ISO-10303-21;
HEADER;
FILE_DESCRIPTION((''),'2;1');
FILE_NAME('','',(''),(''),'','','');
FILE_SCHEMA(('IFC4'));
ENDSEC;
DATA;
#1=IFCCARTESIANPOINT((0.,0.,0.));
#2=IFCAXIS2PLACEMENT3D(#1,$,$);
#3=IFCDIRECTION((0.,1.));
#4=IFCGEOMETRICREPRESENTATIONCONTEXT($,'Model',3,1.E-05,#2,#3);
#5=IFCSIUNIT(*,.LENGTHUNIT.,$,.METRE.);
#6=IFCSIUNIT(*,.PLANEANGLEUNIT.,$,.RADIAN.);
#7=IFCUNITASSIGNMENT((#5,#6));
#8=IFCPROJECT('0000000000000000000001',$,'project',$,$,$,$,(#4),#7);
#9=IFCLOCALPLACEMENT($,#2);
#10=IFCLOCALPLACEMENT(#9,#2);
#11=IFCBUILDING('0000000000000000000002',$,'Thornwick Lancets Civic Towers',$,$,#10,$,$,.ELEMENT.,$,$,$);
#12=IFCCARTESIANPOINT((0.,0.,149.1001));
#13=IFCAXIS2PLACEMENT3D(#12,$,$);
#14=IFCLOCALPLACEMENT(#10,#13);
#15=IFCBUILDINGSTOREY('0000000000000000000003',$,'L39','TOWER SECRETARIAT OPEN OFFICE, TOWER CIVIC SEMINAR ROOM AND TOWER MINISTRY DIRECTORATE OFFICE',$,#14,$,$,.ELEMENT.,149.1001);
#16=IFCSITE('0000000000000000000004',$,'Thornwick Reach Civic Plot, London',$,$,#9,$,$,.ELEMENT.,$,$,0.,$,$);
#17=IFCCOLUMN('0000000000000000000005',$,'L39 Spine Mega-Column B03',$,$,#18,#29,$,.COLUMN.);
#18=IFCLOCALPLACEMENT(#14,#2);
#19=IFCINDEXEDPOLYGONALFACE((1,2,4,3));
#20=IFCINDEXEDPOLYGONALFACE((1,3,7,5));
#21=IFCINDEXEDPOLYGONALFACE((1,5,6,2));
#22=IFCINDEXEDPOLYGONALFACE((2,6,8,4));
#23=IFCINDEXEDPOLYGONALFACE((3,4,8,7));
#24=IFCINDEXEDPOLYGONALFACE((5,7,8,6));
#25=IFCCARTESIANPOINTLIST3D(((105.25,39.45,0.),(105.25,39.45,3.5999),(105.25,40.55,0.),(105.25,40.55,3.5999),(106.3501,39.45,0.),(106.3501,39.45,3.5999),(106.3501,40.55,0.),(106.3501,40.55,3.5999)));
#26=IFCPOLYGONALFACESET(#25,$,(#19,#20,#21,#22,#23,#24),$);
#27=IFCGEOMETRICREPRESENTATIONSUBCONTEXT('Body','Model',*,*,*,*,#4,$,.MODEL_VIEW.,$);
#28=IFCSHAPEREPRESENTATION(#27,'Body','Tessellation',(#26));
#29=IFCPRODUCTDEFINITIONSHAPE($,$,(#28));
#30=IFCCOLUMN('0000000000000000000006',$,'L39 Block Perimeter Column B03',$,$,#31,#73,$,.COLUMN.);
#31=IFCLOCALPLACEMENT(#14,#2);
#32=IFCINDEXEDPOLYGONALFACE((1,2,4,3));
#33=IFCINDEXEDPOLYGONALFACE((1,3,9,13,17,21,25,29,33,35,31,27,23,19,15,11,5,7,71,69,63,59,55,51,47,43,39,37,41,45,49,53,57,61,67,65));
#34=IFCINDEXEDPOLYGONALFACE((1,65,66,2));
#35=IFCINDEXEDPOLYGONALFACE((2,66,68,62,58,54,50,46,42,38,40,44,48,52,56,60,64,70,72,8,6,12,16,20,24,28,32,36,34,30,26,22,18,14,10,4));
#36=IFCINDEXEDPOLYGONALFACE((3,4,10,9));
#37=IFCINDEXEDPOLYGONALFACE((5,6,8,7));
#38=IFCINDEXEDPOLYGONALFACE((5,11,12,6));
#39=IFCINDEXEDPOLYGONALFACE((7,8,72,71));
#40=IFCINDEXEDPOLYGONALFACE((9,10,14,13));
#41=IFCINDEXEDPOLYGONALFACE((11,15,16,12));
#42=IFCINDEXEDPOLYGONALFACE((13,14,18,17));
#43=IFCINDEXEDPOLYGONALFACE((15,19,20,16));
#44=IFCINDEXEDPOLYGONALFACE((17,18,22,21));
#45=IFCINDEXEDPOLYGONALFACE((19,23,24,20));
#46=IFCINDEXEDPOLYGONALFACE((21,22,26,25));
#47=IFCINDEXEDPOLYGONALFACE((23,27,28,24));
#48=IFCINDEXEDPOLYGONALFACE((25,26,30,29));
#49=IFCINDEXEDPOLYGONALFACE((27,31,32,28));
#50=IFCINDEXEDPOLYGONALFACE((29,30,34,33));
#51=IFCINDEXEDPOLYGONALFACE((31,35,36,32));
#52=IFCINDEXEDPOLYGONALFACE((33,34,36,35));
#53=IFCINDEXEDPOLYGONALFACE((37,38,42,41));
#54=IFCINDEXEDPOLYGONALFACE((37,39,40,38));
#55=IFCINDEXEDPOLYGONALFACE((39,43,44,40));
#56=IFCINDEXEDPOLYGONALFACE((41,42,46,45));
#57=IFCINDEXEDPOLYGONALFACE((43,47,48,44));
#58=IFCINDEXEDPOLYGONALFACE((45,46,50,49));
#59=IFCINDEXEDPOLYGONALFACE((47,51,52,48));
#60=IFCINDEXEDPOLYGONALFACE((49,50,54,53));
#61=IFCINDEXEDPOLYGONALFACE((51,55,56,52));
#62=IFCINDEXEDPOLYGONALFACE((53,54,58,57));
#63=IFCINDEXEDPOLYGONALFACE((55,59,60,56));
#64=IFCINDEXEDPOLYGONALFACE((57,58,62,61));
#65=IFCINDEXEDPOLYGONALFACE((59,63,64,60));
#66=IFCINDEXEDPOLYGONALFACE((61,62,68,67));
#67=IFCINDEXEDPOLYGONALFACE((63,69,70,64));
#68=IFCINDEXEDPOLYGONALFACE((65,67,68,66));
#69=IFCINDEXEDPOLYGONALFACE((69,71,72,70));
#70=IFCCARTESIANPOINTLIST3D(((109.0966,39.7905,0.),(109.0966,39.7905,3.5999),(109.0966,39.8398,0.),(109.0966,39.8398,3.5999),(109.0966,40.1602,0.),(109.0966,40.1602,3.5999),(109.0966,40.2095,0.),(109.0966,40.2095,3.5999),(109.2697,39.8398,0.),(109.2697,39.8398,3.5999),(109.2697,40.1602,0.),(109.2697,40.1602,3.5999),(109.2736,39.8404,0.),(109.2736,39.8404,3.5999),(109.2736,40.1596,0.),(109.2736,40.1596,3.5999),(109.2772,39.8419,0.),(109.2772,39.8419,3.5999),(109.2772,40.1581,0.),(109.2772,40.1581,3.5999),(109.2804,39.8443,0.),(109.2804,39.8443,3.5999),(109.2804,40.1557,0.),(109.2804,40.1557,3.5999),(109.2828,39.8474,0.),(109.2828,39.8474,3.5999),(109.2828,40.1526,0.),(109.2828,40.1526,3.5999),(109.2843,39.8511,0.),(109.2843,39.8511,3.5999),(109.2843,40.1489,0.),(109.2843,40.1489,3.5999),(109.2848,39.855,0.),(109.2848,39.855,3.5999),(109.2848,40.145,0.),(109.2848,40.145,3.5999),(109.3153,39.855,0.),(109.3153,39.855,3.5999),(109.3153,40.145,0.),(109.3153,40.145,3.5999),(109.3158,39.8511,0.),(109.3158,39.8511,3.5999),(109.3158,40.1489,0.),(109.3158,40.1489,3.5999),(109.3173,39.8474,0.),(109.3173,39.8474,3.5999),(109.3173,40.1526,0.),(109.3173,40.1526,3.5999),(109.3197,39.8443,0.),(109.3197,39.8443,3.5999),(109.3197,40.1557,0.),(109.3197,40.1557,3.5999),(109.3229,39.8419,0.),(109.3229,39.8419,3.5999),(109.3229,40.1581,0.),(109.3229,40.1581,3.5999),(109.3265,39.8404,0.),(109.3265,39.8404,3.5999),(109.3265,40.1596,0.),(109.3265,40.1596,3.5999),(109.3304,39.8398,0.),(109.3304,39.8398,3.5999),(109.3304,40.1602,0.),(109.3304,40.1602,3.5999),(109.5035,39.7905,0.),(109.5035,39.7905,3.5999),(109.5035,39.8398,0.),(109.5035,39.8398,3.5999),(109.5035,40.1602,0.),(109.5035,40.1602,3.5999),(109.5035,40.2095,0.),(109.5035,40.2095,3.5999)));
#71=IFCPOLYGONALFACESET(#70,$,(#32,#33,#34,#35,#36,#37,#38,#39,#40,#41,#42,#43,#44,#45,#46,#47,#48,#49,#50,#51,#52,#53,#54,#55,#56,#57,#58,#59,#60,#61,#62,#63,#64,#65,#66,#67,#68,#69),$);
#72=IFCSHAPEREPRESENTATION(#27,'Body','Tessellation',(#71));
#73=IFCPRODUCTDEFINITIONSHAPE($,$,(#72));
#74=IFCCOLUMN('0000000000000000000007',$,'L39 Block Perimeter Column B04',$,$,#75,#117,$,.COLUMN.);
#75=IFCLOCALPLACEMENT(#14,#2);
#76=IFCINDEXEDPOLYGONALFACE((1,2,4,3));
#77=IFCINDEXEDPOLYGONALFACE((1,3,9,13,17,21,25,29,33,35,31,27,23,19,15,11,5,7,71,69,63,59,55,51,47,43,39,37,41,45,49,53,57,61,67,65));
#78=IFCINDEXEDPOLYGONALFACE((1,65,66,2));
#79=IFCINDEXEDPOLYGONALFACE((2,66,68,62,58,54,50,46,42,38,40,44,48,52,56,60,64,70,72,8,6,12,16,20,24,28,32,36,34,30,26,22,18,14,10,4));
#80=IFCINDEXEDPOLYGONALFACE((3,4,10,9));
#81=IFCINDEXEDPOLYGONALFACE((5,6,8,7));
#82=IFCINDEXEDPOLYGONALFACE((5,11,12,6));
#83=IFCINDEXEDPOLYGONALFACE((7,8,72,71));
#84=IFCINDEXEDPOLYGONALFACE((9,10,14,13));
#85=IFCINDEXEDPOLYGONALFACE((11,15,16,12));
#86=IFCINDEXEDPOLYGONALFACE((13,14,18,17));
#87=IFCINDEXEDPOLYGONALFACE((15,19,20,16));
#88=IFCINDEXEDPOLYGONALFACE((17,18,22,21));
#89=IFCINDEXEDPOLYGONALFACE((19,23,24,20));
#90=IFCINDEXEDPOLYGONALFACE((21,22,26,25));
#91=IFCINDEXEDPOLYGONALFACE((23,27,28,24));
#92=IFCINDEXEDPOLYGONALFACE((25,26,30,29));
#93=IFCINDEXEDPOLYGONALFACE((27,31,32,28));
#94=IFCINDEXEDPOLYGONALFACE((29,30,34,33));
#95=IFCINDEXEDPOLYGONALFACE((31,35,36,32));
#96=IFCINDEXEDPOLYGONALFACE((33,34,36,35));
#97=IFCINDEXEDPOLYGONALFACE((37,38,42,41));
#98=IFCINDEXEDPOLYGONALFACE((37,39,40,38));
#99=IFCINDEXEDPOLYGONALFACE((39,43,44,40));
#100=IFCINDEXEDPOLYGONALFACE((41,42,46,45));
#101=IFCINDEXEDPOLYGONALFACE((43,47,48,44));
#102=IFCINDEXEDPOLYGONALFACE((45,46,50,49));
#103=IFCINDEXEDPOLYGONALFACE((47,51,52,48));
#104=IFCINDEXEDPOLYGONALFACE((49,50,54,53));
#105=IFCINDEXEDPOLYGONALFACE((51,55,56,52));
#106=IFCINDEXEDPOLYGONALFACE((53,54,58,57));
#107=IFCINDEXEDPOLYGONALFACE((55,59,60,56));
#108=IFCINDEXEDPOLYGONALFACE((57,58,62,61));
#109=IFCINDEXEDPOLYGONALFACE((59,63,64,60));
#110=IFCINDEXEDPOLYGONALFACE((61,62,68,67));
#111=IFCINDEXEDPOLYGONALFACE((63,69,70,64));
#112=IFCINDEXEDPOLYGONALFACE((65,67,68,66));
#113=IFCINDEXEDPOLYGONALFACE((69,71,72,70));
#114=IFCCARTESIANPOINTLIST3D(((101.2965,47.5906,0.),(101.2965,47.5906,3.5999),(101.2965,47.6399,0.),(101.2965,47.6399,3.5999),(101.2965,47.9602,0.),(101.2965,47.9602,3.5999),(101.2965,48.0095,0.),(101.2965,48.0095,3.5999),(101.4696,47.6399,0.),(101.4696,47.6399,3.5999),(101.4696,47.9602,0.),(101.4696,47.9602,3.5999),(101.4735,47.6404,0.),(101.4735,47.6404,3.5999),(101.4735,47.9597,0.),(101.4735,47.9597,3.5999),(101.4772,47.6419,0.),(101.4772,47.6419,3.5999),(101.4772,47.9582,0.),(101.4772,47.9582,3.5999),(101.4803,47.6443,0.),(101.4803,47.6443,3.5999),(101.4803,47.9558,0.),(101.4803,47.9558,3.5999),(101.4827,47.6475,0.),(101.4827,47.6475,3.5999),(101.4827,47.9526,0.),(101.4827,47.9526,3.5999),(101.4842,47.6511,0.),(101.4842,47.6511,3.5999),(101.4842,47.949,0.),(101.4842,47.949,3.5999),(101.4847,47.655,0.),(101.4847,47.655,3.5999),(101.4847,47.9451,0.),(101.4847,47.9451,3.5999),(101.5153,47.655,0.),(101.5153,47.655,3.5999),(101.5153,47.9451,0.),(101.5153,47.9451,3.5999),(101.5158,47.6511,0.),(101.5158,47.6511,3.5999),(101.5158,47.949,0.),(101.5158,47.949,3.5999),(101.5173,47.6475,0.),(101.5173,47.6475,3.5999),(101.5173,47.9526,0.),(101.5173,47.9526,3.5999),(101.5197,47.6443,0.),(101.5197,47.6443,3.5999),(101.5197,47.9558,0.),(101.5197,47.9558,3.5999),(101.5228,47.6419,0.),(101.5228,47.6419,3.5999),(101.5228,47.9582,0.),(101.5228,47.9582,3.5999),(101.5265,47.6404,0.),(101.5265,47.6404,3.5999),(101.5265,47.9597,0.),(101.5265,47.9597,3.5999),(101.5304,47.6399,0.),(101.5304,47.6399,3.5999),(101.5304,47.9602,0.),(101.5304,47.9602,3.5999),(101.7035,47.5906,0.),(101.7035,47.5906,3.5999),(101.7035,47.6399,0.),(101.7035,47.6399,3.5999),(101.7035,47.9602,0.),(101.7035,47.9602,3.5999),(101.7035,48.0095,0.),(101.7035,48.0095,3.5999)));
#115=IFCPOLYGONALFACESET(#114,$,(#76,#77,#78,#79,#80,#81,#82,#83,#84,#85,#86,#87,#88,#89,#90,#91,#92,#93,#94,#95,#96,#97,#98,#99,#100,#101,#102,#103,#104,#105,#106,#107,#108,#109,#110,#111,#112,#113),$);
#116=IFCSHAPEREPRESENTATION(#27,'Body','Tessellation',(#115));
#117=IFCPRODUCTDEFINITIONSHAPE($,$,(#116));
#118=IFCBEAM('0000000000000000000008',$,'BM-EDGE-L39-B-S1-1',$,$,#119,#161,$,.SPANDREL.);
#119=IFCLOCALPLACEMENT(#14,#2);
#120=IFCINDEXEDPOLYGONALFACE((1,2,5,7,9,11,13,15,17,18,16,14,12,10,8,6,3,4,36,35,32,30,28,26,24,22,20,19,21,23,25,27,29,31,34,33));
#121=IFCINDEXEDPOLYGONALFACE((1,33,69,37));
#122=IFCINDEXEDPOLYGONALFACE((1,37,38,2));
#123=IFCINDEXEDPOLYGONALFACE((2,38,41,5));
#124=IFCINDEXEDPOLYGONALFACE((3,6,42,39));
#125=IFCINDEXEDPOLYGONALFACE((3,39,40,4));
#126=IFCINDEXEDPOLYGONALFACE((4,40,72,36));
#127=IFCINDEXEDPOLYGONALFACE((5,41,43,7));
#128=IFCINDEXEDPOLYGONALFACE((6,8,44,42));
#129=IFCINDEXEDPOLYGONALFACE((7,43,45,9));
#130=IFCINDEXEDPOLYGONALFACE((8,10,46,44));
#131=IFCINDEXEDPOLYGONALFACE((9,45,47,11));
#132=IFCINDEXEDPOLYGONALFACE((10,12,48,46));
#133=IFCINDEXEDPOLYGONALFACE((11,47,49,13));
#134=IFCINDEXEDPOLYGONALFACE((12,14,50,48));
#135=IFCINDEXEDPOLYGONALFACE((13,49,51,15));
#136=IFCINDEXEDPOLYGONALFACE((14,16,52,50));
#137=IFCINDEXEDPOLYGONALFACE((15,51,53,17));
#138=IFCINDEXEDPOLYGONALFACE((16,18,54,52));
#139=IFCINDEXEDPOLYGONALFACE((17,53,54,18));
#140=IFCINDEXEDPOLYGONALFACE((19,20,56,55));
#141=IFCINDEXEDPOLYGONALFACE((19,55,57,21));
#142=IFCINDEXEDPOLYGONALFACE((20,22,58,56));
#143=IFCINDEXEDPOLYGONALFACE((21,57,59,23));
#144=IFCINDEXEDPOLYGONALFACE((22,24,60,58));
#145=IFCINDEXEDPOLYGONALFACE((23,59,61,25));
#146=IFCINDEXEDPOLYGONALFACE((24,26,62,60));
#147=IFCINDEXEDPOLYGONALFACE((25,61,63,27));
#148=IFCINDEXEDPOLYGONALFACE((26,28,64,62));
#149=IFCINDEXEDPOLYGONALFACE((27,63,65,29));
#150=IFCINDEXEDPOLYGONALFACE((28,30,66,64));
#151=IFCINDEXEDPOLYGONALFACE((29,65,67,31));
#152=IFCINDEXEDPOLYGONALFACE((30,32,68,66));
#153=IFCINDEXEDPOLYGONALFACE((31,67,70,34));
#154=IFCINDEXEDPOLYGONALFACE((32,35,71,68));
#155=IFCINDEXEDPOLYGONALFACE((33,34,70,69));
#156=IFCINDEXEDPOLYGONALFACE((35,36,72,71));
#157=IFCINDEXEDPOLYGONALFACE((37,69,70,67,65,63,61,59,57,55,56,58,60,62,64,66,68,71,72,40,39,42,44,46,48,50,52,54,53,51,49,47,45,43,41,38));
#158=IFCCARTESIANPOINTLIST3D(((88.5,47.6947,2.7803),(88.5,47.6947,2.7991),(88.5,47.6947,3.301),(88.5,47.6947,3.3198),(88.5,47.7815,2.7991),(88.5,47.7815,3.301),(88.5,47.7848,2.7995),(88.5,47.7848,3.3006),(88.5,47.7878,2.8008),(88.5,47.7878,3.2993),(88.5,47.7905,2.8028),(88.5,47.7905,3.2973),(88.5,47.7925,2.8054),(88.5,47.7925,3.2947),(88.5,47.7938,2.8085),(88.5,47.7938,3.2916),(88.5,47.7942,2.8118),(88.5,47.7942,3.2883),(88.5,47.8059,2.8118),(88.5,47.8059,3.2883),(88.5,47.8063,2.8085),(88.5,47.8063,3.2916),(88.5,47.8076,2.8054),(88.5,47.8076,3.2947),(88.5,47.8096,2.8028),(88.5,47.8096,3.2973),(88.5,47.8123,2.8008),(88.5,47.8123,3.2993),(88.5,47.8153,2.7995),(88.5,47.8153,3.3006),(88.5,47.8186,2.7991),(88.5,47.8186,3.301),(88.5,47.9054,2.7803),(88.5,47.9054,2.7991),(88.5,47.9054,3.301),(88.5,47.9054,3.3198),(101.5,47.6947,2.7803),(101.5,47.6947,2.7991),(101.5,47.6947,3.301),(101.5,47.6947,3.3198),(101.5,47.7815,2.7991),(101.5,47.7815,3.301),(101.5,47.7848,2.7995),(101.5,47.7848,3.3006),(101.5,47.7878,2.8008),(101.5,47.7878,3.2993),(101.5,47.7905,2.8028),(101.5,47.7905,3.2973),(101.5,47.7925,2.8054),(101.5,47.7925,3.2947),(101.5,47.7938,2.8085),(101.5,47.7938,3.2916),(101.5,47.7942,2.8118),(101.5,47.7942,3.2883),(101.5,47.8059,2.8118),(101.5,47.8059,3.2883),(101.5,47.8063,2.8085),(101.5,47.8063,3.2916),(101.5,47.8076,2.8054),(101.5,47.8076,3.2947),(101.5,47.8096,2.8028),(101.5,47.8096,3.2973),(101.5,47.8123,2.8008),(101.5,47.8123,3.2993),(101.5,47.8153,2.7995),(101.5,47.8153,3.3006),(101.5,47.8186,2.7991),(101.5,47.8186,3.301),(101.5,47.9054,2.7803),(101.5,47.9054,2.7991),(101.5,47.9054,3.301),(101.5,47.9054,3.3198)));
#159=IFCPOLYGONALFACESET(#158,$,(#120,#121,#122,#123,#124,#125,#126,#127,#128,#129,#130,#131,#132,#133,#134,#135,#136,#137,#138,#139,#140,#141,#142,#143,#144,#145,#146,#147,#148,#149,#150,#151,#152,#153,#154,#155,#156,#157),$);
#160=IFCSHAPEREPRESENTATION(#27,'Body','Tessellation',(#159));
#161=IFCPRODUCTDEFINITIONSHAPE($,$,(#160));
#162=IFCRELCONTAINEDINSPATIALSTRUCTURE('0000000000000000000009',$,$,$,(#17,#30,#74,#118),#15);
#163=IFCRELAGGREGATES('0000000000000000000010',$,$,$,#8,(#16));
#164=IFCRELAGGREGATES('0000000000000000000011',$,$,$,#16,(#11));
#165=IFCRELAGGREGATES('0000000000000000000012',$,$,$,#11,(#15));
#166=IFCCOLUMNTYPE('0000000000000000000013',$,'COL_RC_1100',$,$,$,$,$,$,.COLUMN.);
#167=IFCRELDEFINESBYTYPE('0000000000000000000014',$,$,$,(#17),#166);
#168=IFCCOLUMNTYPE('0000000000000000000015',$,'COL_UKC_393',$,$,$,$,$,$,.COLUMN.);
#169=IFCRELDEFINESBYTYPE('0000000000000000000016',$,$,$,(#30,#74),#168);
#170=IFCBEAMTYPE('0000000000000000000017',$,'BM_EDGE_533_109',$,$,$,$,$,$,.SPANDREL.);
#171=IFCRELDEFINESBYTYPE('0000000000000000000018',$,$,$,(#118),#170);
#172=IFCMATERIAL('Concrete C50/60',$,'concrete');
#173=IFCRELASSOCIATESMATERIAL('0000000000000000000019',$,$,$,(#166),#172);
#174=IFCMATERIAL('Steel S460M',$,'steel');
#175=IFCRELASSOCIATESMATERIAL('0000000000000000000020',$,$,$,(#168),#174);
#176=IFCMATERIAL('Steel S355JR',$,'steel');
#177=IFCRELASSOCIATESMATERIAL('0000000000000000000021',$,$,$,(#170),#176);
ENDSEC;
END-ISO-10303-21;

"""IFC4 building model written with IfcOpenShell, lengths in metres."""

from ifc_helpers import new_model, si_unit, direction, frame, origin, origin_2d, place, context, subcontext, project, spatial, rectangle, i_section, extrude, material, material_profile, profile_set, type_object, element, save


model = new_model("IFC4")

# Units and contexts
model_context = context("Model", 3, precision=1e-05, world=origin(), true_north=direction((0.0, 1.0)))
body_context = subcontext(model_context, "Body", "Model", "MODEL_VIEW")
ifc_project = project(units=[si_unit("LENGTHUNIT", "METRE"), si_unit("PLANEANGLEUNIT", "RADIAN")], contexts=[model_context])

# Site, building, storey
site_placement = place(None, origin())
site = spatial("IfcSite", under=ifc_project, at=site_placement, Name="Thornwick Reach Civic Plot, London", CompositionType="ELEMENT", RefElevation=0.0)
building_placement = place(site_placement, origin())
building = spatial("IfcBuilding", under=site, at=building_placement, Name="Thornwick Lancets Civic Towers", CompositionType="ELEMENT")
storey_placement = place(building_placement, frame((0.0, 0.0, 149.1001)))
storey = spatial("IfcBuildingStorey", under=building, at=storey_placement, Name="L39", Description="TOWER SECRETARIAT OPEN OFFICE, TOWER CIVIC SEMINAR ROOM AND TOWER MINISTRY DIRECTORATE OFFICE", CompositionType="ELEMENT", Elevation=149.1001)

# Columns
ifc_material_1 = material(Name="Concrete C50/60", Category="concrete")
ifc_material_profile_1 = material_profile(ifc_material_1, rectangle(XDim=1.1001, YDim=1.1001, at=origin_2d()), Name="RC 1100x1100")
ifc_profile_set_1 = profile_set([ifc_material_profile_1], Name="Concrete C50/60")
column_type_1 = type_object("IfcColumnType", Name="COL_RC_1100", PredefinedType="COLUMN", material=ifc_profile_set_1)
column_placement = place(storey_placement, frame((105.8, 40.0, 0.0), z_axis=(0.0, 0.0, 1.0), x_axis=(1.0, 0.0, 0.0)))
element("IfcColumn", 1, at=column_placement, inside=storey, type_object=column_type_1, Name="L39 Spine Mega-Column B03", PredefinedType="COLUMN", context=body_context, shape_type="SweptSolid", body=[
    extrude(rectangle(XDim=1.1001, YDim=1.1001, at=origin_2d()), origin(), (0.0, 0.0, 1.0), 3.5999),
])
ifc_material_2 = material(Name="Steel S460M", Category="steel")
ifc_material_profile_2 = material_profile(ifc_material_2, i_section(OverallWidth=0.407, OverallDepth=0.4189, WebThickness=0.0305, FlangeThickness=0.0493, FilletRadius=0.0151, at=origin_2d()), Name="UKC 356x406x393")
ifc_profile_set_2 = profile_set([ifc_material_profile_2], Name="Steel S460M")
column_type_2 = type_object("IfcColumnType", Name="COL_UKC_393", PredefinedType="COLUMN", material=ifc_profile_set_2)
for number, where, z_axis, x_axis, name in (
    (2, (109.3, 40.0, 0.0), (0.0, 0.0, 1.0), (1.0, 0.0, 0.0), "L39 Block Perimeter Column B03"),
    (3, (101.5, 47.8, 0.0), (0.0, 0.0, 1.0), (1.0, 0.0, 0.0), "L39 Block Perimeter Column B04"),
):
    element("IfcColumn", number, at=place(storey_placement, frame(where, z_axis=z_axis, x_axis=x_axis)), inside=storey, type_object=column_type_2, Name=name, PredefinedType="COLUMN", context=body_context, shape_type="SweptSolid", body=[
        extrude(i_section(OverallWidth=0.407, OverallDepth=0.4189, WebThickness=0.0305, FlangeThickness=0.0493, FilletRadius=0.0151, at=origin_2d()), origin(), (0.0, 0.0, 1.0), 3.5999),
    ])

# Beam
ifc_material_3 = material(Name="Steel S355JR", Category="steel")
ifc_material_profile_3 = material_profile(ifc_material_3, i_section(OverallWidth=0.2107, OverallDepth=0.5396, WebThickness=0.0117, FlangeThickness=0.0188, FilletRadius=0.0127, at=origin_2d()), Name="UKB 533x210x109")
ifc_profile_set_3 = profile_set([ifc_material_profile_3], Name="Steel S355JR")
beam_type_1 = type_object("IfcBeamType", Name="BM_EDGE_533_109", PredefinedType="SPANDREL", material=ifc_profile_set_3)
beam_1_placement = place(storey_placement, frame((101.5, 47.8, 3.05), z_axis=(-1.0, 0.0, 0.0), x_axis=(0.0, -1.0, 0.0)))
element("IfcBeam", 4, at=beam_1_placement, inside=storey, type_object=beam_type_1, Name="BM-EDGE-L39-B-S1-1", PredefinedType="SPANDREL", context=body_context, shape_type="SweptSolid", body=[
    extrude(i_section(OverallWidth=0.2107, OverallDepth=0.5396, WebThickness=0.0117, FlangeThickness=0.0188, FilletRadius=0.0127, at=origin_2d()), origin(), (0.0, 0.0, 1.0), 13.0),
])

save(model, "model.ifc")
